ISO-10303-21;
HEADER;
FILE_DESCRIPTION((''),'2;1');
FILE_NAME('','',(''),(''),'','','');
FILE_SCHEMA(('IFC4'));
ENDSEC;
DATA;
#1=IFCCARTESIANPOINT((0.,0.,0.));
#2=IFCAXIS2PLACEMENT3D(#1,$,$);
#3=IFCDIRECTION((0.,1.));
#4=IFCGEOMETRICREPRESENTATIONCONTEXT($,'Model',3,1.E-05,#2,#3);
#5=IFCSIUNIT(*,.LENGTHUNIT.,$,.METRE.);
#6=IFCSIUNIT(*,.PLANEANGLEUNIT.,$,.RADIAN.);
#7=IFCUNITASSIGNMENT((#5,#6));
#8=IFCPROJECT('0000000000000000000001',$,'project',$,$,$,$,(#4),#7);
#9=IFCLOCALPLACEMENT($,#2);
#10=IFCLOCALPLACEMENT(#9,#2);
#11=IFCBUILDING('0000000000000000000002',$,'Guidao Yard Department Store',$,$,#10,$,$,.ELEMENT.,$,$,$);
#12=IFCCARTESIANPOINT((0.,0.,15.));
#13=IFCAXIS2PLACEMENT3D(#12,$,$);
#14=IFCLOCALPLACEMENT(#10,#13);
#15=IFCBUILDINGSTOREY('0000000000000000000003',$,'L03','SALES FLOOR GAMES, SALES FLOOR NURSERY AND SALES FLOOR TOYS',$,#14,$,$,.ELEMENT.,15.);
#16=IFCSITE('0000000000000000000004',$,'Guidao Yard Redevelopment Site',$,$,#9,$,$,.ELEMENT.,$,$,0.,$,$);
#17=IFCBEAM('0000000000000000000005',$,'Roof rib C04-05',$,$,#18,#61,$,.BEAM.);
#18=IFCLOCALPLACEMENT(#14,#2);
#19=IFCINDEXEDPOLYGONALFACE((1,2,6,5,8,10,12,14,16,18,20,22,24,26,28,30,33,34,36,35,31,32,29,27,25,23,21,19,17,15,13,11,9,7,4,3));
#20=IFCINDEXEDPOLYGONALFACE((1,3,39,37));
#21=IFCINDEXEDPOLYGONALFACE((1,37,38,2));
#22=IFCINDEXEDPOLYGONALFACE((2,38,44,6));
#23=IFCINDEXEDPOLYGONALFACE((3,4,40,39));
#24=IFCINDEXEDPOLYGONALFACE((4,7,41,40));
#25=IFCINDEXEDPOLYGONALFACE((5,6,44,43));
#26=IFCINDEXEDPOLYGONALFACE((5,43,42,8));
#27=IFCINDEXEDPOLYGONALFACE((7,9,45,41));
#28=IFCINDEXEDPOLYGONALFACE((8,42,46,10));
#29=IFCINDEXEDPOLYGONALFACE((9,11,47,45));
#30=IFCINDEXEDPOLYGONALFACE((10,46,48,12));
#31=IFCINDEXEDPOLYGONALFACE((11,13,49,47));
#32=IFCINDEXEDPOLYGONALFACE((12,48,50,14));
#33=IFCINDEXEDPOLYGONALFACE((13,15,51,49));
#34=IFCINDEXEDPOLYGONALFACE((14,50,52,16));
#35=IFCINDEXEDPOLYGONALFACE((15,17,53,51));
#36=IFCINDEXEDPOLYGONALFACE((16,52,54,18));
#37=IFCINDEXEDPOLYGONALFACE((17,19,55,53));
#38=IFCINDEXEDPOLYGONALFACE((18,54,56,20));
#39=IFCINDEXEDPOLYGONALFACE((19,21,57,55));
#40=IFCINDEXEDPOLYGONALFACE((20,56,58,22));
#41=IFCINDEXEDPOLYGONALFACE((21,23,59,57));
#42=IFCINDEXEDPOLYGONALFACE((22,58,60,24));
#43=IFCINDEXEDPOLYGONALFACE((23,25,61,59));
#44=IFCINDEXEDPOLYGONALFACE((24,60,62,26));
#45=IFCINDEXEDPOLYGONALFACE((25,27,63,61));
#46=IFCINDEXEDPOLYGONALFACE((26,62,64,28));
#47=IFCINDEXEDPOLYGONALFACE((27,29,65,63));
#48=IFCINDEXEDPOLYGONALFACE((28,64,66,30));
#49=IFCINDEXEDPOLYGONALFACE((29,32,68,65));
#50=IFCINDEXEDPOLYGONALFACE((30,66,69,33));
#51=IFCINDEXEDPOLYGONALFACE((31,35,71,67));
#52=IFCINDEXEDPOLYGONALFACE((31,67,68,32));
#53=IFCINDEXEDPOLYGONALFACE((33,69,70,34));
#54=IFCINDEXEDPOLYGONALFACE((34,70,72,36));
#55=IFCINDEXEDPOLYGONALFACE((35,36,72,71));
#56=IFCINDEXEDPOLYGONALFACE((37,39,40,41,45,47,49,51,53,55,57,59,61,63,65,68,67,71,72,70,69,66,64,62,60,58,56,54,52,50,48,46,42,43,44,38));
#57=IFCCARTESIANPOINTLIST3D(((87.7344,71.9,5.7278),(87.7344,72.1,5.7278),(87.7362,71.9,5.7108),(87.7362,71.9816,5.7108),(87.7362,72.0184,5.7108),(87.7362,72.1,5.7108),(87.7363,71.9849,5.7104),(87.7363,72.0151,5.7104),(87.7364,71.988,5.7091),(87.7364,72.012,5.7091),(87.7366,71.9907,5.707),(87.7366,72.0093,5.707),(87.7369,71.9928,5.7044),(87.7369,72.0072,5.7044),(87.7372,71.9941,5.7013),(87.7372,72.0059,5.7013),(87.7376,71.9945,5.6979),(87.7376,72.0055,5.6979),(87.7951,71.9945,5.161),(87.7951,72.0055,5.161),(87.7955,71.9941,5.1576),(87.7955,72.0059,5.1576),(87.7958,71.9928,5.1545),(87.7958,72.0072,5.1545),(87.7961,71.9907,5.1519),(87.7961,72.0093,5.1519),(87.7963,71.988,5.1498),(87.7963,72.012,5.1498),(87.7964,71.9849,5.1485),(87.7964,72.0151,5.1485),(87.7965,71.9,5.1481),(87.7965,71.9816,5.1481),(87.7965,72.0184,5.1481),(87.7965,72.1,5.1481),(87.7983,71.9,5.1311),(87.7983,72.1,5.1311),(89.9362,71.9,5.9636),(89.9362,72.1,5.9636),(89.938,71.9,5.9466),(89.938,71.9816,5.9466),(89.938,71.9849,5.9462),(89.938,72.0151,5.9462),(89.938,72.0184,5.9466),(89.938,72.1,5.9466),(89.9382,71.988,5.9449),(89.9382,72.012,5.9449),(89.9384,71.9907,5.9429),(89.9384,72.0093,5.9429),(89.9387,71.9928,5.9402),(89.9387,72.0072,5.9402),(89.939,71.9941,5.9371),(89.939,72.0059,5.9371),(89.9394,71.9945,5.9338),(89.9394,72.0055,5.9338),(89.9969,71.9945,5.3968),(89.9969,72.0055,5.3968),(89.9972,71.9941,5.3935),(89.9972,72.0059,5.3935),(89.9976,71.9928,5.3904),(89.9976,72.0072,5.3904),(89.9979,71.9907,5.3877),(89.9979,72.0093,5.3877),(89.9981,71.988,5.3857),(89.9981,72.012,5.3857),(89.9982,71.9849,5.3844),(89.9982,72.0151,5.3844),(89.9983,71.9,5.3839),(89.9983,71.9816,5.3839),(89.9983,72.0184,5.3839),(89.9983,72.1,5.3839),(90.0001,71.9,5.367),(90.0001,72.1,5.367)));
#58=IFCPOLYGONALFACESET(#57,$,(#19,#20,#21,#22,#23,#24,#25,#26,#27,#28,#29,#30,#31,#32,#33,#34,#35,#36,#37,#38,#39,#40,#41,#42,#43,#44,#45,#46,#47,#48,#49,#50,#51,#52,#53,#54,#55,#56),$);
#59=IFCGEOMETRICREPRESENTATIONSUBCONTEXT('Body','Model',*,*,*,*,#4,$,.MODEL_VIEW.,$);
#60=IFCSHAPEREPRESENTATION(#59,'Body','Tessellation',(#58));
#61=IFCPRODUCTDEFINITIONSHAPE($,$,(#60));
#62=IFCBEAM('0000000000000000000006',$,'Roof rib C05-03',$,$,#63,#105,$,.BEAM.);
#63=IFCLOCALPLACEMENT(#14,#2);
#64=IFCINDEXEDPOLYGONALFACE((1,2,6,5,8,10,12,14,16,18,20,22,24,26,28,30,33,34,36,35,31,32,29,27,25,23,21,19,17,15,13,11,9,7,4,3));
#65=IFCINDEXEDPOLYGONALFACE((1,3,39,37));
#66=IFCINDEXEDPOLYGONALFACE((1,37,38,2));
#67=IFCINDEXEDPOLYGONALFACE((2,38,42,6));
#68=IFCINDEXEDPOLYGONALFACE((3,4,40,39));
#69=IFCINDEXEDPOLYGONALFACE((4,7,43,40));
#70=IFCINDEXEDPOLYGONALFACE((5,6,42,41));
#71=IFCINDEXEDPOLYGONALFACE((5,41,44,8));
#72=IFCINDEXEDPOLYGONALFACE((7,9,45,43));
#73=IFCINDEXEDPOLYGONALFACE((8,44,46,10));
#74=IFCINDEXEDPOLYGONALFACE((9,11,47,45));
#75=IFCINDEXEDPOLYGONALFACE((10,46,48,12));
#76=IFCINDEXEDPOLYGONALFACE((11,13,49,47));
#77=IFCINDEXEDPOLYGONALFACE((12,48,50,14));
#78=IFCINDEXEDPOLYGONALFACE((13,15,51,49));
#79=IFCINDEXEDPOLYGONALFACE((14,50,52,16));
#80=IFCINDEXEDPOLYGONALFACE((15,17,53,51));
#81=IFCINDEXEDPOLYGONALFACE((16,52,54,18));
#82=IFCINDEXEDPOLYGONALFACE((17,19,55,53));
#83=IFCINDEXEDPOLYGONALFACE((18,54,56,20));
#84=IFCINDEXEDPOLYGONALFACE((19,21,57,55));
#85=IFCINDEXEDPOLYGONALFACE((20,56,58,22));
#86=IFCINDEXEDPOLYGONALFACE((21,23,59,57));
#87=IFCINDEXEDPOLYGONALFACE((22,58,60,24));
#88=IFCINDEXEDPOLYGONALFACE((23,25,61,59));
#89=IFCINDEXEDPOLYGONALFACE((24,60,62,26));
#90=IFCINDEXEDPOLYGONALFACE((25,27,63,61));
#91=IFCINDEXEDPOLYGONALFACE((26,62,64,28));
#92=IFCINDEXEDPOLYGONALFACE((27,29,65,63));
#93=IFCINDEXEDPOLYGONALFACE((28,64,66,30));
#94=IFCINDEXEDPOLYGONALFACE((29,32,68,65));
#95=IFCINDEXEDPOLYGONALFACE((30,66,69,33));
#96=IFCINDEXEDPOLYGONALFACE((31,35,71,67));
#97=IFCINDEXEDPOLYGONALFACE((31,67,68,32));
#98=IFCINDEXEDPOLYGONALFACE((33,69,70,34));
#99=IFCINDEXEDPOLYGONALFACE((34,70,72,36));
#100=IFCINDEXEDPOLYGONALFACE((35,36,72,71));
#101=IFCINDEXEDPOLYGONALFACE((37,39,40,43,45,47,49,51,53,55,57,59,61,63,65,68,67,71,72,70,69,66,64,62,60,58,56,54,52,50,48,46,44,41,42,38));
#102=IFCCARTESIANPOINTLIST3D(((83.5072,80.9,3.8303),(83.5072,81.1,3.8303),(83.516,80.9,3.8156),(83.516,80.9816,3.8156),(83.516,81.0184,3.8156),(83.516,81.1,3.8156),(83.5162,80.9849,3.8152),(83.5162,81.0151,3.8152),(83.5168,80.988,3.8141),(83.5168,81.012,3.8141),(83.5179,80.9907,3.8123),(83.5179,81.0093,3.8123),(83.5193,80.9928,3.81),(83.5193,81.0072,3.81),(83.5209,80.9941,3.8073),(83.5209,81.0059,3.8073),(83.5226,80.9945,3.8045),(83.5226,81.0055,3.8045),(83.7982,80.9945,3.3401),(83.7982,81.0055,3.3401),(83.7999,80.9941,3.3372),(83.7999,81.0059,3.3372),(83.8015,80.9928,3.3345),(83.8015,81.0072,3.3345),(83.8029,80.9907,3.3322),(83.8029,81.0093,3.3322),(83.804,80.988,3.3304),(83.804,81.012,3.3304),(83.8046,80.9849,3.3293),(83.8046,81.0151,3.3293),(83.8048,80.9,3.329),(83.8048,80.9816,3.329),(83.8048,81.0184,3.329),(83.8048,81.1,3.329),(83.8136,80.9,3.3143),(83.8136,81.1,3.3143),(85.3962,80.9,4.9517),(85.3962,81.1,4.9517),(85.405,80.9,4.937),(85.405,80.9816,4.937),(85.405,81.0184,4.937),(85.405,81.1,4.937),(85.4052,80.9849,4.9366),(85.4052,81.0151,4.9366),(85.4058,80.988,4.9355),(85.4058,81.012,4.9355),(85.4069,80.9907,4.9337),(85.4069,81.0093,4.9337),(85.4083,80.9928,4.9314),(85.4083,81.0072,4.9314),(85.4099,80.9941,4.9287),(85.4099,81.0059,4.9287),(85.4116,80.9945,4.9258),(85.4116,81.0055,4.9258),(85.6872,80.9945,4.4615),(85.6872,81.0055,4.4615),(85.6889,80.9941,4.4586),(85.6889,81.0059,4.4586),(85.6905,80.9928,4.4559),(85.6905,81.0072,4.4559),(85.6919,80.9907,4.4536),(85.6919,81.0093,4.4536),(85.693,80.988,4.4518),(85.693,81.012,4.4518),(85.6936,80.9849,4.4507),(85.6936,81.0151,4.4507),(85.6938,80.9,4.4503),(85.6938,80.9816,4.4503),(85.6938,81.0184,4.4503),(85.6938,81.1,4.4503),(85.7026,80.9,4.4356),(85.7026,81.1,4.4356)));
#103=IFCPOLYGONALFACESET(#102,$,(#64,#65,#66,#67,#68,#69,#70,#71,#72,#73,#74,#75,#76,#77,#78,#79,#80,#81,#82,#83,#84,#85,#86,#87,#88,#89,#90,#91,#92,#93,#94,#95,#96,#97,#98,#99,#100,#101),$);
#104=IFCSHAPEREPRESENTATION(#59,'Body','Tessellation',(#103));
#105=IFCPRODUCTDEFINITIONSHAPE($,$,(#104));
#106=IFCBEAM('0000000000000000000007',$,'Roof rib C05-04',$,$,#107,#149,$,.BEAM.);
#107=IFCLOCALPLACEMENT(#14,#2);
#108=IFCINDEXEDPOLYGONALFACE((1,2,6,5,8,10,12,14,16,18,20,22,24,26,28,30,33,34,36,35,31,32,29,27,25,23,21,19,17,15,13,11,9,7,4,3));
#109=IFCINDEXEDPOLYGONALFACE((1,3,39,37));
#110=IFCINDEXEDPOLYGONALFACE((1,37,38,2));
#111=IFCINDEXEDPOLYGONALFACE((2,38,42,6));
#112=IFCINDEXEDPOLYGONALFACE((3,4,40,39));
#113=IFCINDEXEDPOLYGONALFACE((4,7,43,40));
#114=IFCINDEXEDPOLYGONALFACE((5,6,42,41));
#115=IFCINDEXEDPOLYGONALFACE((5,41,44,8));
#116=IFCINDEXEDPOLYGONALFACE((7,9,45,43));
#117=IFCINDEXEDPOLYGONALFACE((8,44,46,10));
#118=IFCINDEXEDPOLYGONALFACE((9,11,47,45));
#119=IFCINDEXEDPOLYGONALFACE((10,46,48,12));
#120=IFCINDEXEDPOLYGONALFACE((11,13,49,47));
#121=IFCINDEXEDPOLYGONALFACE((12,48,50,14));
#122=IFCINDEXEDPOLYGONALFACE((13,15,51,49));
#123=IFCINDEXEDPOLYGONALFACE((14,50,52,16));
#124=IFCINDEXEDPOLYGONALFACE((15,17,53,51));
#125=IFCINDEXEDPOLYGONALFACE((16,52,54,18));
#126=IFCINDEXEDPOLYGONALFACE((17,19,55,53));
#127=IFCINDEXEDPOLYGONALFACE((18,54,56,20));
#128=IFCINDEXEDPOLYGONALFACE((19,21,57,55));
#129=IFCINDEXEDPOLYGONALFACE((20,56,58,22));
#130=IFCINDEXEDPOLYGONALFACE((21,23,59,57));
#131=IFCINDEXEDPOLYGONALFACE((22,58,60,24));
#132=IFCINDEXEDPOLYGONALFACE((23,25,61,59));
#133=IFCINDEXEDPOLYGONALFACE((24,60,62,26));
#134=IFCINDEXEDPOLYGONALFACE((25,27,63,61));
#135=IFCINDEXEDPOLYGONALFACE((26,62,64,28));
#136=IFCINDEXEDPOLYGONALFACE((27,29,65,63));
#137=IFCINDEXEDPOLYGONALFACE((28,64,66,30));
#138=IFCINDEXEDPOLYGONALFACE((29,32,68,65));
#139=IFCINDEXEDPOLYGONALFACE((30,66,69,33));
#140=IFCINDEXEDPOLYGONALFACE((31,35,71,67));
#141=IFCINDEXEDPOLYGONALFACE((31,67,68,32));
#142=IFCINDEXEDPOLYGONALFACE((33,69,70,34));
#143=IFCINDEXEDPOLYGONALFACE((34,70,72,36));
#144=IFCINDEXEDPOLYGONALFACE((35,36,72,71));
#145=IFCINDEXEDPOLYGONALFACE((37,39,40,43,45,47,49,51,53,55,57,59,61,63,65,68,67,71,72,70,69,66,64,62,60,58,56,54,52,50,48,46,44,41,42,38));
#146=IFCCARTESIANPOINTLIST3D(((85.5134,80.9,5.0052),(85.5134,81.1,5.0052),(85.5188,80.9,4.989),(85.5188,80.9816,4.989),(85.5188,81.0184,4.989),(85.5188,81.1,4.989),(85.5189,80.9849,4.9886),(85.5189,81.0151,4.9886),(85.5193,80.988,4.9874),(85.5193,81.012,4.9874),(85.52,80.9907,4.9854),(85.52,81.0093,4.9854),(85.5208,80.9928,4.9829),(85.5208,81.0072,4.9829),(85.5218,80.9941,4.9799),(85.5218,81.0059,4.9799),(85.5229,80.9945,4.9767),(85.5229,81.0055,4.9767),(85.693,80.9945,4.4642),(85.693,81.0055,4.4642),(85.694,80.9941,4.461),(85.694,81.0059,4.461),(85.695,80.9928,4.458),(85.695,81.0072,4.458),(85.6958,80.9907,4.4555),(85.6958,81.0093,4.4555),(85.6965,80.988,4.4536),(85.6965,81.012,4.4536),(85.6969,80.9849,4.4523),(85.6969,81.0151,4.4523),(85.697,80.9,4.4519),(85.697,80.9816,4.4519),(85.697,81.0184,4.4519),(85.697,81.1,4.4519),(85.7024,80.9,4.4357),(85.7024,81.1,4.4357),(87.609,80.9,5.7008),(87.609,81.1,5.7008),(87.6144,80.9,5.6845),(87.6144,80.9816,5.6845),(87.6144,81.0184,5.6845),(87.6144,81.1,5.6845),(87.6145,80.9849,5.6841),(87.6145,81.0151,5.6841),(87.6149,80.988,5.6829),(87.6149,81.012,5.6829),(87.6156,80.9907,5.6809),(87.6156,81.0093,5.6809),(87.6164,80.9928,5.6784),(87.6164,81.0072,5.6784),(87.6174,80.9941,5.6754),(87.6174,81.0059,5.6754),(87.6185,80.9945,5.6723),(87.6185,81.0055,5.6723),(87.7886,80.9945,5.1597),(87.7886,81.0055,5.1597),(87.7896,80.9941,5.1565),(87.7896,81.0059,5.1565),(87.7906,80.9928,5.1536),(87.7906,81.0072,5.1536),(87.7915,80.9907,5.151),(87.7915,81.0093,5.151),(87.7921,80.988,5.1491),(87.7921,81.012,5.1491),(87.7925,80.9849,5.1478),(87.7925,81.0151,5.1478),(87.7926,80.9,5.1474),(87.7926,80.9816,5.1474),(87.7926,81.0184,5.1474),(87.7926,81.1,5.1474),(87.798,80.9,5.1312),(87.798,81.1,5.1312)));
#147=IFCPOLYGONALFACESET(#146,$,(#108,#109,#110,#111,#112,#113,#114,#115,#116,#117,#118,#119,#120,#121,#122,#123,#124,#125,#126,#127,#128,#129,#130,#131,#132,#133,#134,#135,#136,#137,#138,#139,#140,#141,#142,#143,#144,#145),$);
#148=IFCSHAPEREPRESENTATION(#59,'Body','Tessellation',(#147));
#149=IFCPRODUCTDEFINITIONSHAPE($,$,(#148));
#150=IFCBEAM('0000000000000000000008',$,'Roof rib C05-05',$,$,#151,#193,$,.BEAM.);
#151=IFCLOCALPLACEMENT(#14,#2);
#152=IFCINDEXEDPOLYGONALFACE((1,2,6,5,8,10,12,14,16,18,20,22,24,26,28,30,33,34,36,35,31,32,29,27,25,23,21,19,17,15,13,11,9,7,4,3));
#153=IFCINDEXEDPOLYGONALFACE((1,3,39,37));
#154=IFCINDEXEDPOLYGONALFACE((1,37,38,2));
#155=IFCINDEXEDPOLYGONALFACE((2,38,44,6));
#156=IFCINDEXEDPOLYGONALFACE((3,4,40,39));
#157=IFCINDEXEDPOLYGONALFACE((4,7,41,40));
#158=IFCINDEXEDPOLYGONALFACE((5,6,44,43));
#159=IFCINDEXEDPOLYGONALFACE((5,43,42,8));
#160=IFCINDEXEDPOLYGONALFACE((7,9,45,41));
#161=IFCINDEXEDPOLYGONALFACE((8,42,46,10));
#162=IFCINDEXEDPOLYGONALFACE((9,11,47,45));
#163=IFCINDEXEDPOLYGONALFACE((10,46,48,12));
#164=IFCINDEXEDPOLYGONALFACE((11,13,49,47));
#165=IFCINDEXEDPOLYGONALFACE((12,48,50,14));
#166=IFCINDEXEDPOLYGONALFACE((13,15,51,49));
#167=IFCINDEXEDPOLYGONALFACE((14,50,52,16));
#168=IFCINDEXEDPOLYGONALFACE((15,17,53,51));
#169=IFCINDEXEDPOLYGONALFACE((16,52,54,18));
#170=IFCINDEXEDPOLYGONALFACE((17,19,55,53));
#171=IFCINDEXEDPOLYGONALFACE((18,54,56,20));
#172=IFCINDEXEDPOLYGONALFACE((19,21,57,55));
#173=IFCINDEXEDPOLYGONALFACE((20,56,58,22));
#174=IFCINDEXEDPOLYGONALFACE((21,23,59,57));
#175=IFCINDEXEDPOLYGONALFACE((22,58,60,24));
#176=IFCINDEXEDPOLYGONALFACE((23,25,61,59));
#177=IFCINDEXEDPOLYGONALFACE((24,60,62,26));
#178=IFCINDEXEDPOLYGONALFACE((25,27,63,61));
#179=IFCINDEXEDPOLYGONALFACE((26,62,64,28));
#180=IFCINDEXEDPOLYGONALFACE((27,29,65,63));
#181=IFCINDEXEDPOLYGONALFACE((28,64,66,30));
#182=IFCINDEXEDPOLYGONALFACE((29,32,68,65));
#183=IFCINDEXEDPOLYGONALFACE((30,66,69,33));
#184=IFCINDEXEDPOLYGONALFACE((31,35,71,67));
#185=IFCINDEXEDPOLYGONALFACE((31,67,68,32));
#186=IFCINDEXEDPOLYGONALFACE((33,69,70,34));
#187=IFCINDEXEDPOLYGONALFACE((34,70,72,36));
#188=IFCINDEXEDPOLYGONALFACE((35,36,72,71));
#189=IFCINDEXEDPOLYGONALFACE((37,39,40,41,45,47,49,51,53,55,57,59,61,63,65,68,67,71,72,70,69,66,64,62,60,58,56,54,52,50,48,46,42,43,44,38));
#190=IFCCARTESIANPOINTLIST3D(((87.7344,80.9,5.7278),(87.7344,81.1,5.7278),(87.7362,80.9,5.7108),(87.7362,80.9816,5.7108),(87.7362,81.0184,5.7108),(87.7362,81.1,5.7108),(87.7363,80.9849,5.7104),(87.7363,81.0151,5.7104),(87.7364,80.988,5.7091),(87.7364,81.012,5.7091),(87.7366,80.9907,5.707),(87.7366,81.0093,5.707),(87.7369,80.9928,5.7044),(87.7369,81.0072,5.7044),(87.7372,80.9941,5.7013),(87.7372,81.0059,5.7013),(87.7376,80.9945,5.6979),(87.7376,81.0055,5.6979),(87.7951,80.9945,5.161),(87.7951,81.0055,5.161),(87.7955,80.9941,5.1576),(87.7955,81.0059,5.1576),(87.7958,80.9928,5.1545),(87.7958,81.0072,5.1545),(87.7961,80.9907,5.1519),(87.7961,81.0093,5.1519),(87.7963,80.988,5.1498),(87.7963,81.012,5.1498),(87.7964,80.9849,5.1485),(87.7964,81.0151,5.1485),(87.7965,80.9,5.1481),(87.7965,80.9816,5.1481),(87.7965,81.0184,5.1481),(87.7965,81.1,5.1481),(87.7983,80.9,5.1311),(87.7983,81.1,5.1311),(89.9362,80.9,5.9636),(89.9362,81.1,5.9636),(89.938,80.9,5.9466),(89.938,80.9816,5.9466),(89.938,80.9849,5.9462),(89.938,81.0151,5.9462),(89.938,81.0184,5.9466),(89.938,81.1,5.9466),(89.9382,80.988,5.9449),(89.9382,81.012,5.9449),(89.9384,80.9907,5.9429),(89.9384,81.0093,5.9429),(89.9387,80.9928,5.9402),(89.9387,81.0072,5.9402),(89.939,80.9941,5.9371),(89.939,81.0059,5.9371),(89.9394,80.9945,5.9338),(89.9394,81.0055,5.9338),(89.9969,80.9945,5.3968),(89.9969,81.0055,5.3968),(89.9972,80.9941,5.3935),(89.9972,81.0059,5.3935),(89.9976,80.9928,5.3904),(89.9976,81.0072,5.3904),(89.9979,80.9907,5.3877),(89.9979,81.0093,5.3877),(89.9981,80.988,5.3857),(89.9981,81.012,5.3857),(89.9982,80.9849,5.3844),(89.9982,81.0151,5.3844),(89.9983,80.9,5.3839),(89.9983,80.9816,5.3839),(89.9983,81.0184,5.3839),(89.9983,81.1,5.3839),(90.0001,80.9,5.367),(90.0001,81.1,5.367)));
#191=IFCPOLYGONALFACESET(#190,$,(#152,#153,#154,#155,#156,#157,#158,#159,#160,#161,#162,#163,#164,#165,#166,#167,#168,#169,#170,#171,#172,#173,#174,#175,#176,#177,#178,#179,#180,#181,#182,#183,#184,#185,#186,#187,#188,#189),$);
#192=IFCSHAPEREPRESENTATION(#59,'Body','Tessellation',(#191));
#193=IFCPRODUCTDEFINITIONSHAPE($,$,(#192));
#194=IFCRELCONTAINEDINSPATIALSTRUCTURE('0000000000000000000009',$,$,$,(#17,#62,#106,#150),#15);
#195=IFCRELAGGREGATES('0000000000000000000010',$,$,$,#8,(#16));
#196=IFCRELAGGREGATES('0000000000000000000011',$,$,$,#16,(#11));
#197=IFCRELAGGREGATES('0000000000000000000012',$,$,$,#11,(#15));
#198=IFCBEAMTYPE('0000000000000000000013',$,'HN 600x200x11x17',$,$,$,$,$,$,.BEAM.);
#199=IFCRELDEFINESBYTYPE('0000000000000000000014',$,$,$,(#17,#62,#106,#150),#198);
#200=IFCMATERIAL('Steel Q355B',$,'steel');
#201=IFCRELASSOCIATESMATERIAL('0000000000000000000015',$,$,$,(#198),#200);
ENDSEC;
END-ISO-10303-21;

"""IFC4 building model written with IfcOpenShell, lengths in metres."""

from ifc_helpers import new_model, si_unit, direction, frame, origin, origin_2d, place, context, subcontext, project, spatial, i_section, extrude, material, material_profile, profile_set, type_object, element, save


model = new_model("IFC4")

# Units and contexts
model_context = context("Model", 3, precision=1e-05, world=origin(), true_north=direction((0.0, 1.0)))
body_context = subcontext(model_context, "Body", "Model", "MODEL_VIEW")
ifc_project = project(units=[si_unit("LENGTHUNIT", "METRE"), si_unit("PLANEANGLEUNIT", "RADIAN")], contexts=[model_context])

# Site, building, storey
site_placement = place(None, origin())
site = spatial("IfcSite", under=ifc_project, at=site_placement, Name="Guidao Yard Redevelopment Site", CompositionType="ELEMENT", RefElevation=0.0)
building_placement = place(site_placement, origin())
building = spatial("IfcBuilding", under=site, at=building_placement, Name="Guidao Yard Department Store", CompositionType="ELEMENT")
storey_placement = place(building_placement, frame((0.0, 0.0, 15.0)))
storey = spatial("IfcBuildingStorey", under=building, at=storey_placement, Name="L03", Description="SALES FLOOR GAMES, SALES FLOOR NURSERY AND SALES FLOOR TOYS", CompositionType="ELEMENT", Elevation=15.0)

# Beams
ifc_material_1 = material(Name="Steel Q355B", Category="steel")
ifc_material_profile_1 = material_profile(ifc_material_1, i_section(OverallWidth=0.2, OverallDepth=0.6001, WebThickness=0.011, FlangeThickness=0.0171, FilletRadius=0.0129, at=origin_2d()), Name="HN 600x200x11x17")
ifc_profile_set_1 = profile_set([ifc_material_profile_1], Name="Steel Q355B")
beam_type = type_object("IfcBeamType", Name="HN 600x200x11x17", PredefinedType="BEAM", material=ifc_profile_set_1)
beam_1_placement = place(storey_placement, frame((87.7664, 72.0, 5.4294), z_axis=(0.994312, 0.0, 0.10651), x_axis=(0.0, 1.0, 0.0)))
element("IfcBeam", 1, at=beam_1_placement, inside=storey, type_object=beam_type, Name="Roof rib C04-05", PredefinedType="BEAM", context=body_context, shape_type="SweptSolid", body=[
    extrude(i_section(OverallWidth=0.2, OverallDepth=0.6001, WebThickness=0.011, FlangeThickness=0.0171, FilletRadius=0.0129, at=origin_2d()), origin(), (0.0, 0.0, 1.0), 2.2144),
])
beam_2_placement = place(storey_placement, frame((83.6604, 81.0, 3.5723), z_axis=(0.859896, 0.0, 0.510469), x_axis=(0.0, 1.0, 0.0)))
element("IfcBeam", 2, at=beam_2_placement, inside=storey, type_object=beam_type, Name="Roof rib C05-03", PredefinedType="BEAM", context=body_context, shape_type="SweptSolid", body=[
    extrude(i_section(OverallWidth=0.2, OverallDepth=0.6001, WebThickness=0.011, FlangeThickness=0.0171, FilletRadius=0.0129, at=origin_2d()), origin(), (0.0, 0.0, 1.0), 2.1968),
])
beam_3_placement = place(storey_placement, frame((85.6079, 81.0, 4.7205), z_axis=(0.949092, 0.0, 0.315), x_axis=(0.0, 1.0, 0.0)))
element("IfcBeam", 3, at=beam_3_placement, inside=storey, type_object=beam_type, Name="Roof rib C05-04", PredefinedType="BEAM", context=body_context, shape_type="SweptSolid", body=[
    extrude(i_section(OverallWidth=0.2, OverallDepth=0.6001, WebThickness=0.011, FlangeThickness=0.0171, FilletRadius=0.0129, at=origin_2d()), origin(), (0.0, 0.0, 1.0), 2.208),
])
beam_4_placement = place(storey_placement, frame((87.7664, 81.0, 5.4294), z_axis=(0.994312, 0.0, 0.10651), x_axis=(0.0, 1.0, 0.0)))
element("IfcBeam", 4, at=beam_4_placement, inside=storey, type_object=beam_type, Name="Roof rib C05-05", PredefinedType="BEAM", context=body_context, shape_type="SweptSolid", body=[
    extrude(i_section(OverallWidth=0.2, OverallDepth=0.6001, WebThickness=0.011, FlangeThickness=0.0171, FilletRadius=0.0129, at=origin_2d()), origin(), (0.0, 0.0, 1.0), 2.2144),
])

save(model, "model.ifc")
